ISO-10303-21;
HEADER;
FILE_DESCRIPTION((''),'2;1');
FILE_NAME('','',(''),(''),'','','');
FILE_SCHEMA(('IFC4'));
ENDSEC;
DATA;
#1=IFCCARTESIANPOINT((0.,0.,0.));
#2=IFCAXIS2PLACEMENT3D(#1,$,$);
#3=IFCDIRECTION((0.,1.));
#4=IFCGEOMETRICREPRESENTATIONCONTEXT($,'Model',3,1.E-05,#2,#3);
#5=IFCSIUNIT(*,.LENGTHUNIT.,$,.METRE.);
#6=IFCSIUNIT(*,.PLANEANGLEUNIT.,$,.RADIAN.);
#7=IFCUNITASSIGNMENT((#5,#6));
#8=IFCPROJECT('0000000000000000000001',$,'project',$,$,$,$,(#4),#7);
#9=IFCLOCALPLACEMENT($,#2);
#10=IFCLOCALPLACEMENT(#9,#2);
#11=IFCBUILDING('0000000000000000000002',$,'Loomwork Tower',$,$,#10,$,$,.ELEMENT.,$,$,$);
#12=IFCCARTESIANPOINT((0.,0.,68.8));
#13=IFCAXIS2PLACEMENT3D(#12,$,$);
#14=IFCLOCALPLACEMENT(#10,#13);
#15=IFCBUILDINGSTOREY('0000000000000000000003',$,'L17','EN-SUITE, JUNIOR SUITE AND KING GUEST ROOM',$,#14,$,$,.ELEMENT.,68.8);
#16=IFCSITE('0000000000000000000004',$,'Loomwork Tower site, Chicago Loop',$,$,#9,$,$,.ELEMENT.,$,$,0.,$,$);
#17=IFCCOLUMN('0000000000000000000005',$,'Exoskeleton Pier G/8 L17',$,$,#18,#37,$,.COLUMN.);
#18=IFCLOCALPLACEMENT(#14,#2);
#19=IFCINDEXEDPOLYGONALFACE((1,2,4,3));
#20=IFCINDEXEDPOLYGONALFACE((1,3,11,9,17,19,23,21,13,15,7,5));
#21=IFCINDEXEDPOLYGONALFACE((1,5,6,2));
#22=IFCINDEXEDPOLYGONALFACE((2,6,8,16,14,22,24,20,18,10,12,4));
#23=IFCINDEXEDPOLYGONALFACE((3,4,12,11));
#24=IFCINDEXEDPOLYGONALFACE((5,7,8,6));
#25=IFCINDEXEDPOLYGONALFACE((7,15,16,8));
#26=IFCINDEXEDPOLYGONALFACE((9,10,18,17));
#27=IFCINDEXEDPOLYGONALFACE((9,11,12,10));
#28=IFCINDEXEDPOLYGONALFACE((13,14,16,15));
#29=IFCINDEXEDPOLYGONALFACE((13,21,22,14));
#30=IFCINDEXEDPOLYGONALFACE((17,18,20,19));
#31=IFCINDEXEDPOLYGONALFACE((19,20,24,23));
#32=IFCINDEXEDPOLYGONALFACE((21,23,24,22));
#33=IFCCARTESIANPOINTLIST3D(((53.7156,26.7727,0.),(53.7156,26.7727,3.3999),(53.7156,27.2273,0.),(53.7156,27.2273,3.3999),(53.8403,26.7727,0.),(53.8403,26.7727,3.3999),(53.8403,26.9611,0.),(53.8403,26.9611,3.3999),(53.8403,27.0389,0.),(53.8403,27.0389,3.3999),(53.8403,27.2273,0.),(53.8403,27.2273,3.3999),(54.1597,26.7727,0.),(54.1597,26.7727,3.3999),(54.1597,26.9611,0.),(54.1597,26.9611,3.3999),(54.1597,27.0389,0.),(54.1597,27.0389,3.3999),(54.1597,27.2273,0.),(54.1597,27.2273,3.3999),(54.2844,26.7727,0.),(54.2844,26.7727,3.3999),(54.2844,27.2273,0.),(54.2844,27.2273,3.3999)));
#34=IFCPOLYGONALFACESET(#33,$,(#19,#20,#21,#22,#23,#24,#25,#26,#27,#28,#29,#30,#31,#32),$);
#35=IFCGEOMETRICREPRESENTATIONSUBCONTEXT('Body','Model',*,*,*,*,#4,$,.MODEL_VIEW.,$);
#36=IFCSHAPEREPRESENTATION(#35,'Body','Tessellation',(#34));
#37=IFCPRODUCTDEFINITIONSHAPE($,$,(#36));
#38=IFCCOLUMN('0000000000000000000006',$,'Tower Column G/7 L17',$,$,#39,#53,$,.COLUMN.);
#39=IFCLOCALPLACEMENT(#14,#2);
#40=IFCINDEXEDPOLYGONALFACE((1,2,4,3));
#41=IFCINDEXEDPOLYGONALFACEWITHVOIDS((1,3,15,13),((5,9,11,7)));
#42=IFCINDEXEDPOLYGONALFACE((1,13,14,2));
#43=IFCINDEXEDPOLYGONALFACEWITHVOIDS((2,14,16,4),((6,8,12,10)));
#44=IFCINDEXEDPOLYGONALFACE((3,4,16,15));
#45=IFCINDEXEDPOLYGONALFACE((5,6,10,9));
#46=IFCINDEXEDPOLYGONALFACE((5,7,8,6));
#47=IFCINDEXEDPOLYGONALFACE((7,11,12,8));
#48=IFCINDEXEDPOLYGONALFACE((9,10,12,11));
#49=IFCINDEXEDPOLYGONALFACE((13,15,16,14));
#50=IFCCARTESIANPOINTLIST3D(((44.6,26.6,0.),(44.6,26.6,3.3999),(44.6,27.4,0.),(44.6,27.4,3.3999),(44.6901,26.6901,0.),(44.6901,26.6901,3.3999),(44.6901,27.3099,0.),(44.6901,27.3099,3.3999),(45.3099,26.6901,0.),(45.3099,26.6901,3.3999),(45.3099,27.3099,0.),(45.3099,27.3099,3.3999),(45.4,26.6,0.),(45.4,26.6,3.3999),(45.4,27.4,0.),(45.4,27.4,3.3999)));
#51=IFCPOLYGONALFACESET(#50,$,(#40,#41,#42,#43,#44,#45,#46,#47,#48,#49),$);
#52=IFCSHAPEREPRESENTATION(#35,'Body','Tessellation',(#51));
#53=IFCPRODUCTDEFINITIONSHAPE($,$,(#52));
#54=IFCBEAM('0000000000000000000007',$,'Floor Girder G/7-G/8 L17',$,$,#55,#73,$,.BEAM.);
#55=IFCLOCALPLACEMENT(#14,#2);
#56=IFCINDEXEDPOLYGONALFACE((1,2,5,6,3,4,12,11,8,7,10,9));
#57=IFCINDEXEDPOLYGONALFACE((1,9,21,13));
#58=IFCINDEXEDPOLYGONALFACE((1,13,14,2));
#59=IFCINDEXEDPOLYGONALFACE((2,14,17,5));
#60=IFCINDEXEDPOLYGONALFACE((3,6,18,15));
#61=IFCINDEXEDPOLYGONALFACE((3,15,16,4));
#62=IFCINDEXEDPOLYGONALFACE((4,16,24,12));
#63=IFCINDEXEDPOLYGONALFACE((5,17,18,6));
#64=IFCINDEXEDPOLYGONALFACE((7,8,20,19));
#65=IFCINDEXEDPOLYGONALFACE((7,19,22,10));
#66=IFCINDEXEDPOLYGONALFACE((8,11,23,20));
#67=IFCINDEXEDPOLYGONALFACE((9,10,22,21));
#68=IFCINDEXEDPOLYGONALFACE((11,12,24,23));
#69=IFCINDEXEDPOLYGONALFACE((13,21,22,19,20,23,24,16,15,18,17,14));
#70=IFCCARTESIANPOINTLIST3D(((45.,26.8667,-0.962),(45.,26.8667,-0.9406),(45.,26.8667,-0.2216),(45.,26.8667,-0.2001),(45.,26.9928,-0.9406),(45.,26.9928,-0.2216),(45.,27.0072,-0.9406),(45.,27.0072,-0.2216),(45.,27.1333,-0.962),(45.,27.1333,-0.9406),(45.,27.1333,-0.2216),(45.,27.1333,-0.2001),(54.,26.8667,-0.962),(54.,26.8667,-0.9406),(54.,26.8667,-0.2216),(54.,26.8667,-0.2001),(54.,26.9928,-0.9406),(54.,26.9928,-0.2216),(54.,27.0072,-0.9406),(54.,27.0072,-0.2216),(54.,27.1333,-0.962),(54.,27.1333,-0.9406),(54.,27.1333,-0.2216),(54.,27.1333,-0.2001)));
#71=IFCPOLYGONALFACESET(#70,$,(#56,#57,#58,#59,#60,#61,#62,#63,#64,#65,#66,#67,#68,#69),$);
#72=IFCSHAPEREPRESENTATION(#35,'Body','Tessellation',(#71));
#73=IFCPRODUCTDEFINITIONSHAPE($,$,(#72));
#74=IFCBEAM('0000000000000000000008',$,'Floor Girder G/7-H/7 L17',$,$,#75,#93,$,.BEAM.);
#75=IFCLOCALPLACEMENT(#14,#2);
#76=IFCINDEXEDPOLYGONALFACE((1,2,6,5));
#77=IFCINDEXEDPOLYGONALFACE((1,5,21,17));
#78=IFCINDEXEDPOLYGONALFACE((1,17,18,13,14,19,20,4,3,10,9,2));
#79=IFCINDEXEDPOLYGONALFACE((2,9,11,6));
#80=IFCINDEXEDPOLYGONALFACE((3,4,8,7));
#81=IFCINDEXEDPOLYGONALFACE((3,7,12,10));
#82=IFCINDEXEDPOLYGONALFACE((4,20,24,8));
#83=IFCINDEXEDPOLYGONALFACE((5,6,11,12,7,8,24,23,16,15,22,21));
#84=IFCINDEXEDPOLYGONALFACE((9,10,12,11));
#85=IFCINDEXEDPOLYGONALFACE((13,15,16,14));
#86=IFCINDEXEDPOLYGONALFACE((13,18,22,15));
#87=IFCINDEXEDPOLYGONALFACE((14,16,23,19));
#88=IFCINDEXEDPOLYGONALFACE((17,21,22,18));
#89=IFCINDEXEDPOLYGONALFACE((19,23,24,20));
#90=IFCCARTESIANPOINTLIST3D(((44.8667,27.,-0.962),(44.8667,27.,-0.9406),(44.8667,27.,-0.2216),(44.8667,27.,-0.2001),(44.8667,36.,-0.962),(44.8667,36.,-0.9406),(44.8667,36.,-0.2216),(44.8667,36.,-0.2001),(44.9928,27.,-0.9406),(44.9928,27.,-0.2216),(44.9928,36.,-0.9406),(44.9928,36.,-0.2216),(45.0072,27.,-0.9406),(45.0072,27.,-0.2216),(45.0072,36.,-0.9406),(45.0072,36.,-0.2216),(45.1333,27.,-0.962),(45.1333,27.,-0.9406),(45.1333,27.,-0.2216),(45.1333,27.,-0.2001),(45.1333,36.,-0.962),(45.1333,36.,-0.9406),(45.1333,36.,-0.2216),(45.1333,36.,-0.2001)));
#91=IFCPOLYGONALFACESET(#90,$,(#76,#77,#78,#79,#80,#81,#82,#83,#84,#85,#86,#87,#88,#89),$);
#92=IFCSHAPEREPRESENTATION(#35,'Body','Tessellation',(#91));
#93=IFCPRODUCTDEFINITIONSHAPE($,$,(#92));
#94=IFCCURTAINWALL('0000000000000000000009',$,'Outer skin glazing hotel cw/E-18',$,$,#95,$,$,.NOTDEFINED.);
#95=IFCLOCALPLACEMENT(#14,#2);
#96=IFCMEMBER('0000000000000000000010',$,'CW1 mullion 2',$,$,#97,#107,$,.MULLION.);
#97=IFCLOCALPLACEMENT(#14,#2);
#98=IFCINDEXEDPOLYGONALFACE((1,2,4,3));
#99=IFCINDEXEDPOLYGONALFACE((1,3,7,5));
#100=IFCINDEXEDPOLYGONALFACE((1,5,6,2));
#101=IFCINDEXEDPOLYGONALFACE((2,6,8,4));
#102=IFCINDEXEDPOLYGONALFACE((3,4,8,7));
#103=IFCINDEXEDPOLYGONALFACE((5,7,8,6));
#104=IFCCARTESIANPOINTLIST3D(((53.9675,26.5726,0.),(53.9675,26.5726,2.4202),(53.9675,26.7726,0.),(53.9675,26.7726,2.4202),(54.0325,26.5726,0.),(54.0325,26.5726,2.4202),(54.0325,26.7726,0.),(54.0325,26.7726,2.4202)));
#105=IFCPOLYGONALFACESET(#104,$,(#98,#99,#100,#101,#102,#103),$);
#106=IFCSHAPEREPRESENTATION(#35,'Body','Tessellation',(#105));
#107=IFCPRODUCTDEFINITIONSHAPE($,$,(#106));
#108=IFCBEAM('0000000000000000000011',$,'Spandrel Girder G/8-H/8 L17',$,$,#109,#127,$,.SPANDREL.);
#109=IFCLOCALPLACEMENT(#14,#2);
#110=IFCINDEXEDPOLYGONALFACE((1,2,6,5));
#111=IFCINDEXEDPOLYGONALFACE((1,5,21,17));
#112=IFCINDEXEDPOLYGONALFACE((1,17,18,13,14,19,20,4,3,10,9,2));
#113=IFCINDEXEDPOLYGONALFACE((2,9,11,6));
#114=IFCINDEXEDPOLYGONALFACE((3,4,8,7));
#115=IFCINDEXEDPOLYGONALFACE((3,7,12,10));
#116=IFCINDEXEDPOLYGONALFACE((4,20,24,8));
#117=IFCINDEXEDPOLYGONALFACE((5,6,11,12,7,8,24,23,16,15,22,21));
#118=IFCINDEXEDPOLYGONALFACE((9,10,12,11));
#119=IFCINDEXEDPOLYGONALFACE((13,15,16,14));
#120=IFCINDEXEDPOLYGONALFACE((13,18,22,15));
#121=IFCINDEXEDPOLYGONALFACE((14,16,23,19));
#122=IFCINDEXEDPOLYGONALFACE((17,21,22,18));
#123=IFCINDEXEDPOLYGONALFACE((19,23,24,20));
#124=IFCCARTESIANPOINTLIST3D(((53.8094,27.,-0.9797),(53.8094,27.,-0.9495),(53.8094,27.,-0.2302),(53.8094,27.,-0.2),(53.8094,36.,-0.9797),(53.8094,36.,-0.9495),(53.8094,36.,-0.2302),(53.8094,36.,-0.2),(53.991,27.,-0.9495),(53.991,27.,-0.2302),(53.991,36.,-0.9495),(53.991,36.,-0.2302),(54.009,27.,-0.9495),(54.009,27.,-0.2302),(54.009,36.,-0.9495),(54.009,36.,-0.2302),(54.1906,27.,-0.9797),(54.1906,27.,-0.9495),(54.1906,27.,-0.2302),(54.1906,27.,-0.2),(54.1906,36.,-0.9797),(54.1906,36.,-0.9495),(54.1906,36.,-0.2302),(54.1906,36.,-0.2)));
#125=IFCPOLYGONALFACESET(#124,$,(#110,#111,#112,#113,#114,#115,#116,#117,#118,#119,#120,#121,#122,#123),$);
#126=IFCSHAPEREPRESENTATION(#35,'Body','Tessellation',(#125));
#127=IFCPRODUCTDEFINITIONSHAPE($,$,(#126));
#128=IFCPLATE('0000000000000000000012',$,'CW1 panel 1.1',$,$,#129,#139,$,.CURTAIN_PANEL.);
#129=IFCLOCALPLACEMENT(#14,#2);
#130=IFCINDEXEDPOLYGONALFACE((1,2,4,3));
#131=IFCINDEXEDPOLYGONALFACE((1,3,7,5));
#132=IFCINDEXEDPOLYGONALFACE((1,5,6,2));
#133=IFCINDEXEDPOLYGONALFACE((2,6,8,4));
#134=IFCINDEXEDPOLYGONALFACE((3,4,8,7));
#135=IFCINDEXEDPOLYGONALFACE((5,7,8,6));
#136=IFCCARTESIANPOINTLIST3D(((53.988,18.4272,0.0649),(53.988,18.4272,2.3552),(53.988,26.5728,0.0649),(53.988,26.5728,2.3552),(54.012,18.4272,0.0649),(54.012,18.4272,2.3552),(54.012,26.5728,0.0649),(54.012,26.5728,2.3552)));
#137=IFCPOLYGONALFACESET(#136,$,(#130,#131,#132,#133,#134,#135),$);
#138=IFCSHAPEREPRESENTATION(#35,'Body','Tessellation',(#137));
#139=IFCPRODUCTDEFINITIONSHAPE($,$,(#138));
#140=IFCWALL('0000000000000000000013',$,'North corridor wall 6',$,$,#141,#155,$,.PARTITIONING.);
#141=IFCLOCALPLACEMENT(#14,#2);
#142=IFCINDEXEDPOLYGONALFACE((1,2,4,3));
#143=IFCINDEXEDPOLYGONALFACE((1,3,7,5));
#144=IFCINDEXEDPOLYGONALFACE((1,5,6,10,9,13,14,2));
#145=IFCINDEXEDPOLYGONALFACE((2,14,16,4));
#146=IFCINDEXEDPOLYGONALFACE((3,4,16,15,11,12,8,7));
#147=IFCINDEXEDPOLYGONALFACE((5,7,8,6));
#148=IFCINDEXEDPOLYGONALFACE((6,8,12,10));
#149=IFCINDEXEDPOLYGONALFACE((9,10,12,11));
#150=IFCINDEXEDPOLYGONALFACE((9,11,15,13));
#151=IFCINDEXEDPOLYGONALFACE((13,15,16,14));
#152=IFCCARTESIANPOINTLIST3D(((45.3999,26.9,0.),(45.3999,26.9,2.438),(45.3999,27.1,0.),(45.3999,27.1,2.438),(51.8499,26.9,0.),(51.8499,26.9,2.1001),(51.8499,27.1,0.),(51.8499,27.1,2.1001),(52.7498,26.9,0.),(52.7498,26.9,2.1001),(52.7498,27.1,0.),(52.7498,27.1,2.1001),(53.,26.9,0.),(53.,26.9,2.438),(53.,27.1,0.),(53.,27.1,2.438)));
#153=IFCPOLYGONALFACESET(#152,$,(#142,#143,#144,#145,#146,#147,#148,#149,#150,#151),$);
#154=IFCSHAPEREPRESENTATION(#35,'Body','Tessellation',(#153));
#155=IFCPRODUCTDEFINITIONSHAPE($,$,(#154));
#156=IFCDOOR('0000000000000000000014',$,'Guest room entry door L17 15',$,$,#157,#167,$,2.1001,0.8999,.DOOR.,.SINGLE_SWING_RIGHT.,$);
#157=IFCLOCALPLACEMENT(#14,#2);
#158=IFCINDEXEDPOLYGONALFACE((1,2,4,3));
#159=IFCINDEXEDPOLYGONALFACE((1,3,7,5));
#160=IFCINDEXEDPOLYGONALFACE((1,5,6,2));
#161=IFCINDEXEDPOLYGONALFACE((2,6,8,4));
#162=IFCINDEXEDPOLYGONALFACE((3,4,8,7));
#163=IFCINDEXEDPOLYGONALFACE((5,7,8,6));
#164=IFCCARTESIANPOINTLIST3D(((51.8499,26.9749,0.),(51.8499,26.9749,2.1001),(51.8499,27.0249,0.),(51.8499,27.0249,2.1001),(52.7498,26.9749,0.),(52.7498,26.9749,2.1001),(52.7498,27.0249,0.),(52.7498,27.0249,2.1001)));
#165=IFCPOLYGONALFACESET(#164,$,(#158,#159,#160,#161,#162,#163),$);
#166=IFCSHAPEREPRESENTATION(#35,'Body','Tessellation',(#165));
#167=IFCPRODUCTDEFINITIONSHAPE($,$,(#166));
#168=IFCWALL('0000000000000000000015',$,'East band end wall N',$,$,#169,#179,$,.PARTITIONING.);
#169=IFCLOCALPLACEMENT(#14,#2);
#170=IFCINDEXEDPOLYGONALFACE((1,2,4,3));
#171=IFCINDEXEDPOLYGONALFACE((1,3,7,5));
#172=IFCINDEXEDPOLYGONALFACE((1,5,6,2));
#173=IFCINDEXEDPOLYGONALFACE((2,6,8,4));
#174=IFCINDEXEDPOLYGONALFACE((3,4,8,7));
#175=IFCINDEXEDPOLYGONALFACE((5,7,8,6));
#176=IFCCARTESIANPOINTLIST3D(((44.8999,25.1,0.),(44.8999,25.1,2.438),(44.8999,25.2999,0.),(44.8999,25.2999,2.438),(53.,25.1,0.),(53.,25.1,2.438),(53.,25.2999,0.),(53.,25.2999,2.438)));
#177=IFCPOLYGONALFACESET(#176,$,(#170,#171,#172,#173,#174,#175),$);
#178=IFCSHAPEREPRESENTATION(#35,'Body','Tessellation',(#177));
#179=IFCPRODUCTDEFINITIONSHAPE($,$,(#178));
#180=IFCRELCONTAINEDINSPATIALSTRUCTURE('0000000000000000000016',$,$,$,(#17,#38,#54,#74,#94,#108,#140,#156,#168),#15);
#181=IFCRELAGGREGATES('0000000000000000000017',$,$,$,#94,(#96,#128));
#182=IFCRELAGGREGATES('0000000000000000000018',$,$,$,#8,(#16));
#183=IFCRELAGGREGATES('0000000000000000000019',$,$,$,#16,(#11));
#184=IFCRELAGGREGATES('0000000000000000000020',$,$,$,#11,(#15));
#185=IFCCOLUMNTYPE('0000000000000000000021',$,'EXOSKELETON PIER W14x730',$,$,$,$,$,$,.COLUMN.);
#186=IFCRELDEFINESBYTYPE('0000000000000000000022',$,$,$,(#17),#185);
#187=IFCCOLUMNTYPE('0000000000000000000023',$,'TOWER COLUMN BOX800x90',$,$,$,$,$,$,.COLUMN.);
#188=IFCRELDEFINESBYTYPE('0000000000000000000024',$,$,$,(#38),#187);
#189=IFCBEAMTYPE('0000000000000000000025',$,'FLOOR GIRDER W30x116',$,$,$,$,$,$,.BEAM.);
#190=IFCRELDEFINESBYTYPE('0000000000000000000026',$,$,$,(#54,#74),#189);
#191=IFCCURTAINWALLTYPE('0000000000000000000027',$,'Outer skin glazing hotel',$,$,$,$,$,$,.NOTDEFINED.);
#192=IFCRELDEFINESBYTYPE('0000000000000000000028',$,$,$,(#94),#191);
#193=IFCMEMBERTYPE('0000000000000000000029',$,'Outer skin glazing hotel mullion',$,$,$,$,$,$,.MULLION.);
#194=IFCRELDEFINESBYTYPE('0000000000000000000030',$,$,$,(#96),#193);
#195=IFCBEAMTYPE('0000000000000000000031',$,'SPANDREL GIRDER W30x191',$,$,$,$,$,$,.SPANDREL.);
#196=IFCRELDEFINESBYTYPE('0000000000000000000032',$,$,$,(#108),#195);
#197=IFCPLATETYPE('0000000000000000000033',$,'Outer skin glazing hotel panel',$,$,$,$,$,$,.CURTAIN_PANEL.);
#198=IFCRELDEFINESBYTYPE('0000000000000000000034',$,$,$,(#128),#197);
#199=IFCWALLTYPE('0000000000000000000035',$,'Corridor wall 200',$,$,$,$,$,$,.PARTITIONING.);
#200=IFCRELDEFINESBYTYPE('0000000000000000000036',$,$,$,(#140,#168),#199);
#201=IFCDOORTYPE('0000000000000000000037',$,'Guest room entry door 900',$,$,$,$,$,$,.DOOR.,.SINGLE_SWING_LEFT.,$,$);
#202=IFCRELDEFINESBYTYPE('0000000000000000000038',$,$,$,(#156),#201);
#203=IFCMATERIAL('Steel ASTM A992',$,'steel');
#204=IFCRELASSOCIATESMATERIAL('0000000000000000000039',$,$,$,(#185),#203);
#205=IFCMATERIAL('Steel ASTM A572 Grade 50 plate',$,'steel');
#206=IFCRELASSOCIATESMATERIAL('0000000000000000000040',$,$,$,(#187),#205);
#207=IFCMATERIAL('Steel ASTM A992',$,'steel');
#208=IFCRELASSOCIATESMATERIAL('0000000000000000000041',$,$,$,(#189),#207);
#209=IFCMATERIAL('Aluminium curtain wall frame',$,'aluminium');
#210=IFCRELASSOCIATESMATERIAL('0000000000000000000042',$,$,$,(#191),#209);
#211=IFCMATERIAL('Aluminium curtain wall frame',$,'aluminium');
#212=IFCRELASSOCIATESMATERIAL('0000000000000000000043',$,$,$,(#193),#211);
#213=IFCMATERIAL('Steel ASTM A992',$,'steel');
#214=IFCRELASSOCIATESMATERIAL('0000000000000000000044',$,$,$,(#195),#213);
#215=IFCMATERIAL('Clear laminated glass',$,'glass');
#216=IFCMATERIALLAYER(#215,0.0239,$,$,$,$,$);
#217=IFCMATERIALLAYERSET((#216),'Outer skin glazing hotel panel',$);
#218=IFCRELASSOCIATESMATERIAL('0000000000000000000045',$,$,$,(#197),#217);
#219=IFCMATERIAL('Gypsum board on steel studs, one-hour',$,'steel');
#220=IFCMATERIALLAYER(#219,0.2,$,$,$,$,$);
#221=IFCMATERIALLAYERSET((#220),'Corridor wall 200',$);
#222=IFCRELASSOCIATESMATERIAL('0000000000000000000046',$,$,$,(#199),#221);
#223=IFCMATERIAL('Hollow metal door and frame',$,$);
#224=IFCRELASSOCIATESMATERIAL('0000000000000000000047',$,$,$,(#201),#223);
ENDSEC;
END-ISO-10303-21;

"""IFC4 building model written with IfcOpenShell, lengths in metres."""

from ifc_helpers import new_model, si_unit, direction, frame, frame_2d, origin, origin_2d, place, context, subcontext, project, spatial, rectangle, hollow_rectangle, i_section, extrude, material, layer, layer_set, material_profile, profile_set, type_object, element, fill, aggregate, save


model = new_model("IFC4")

# Units and contexts
model_context = context("Model", 3, precision=1e-05, world=origin(), true_north=direction((0.0, 1.0)))
body_context = subcontext(model_context, "Body", "Model", "MODEL_VIEW")
ifc_project = project(units=[si_unit("LENGTHUNIT", "METRE"), si_unit("PLANEANGLEUNIT", "RADIAN")], contexts=[model_context])

# Site, building, storey
site_placement = place(None, origin())
site = spatial("IfcSite", under=ifc_project, at=site_placement, Name="Loomwork Tower site, Chicago Loop", CompositionType="ELEMENT", RefElevation=0.0)
building_placement = place(site_placement, origin())
building = spatial("IfcBuilding", under=site, at=building_placement, Name="Loomwork Tower", CompositionType="ELEMENT")
storey_placement = place(building_placement, frame((0.0, 0.0, 68.8)))
storey = spatial("IfcBuildingStorey", under=building, at=storey_placement, Name="L17", Description="EN-SUITE, JUNIOR SUITE AND KING GUEST ROOM", CompositionType="ELEMENT", Elevation=68.8)

# Columns
ifc_material_1 = material(Name="Steel ASTM A992", Category="steel")
ifc_material_profile_1 = material_profile(ifc_material_1, i_section(OverallWidth=0.4546, OverallDepth=0.5688, WebThickness=0.0779, FlangeThickness=0.1248, at=origin_2d()), Name="W14x730")
ifc_profile_set_1 = profile_set([ifc_material_profile_1], Name="Steel ASTM A992")
column_type_1 = type_object("IfcColumnType", Name="EXOSKELETON PIER W14x730", PredefinedType="COLUMN", material=ifc_profile_set_1)
column_1_placement = place(storey_placement, frame((54.0, 27.0, 0.0), z_axis=(0.0, 0.0, 1.0), x_axis=(0.0, 1.0, 0.0)))
element("IfcColumn", 1, at=column_1_placement, inside=storey, type_object=column_type_1, Name="Exoskeleton Pier G/8 L17", PredefinedType="COLUMN", context=body_context, shape_type="SweptSolid", body=[
    extrude(i_section(OverallWidth=0.4546, OverallDepth=0.5688, WebThickness=0.0779, FlangeThickness=0.1248, at=origin_2d()), origin(), (0.0, 0.0, 1.0), 3.3999),
])
ifc_material_2 = material(Name="Steel ASTM A572 Grade 50 plate", Category="steel")
ifc_material_profile_2 = material_profile(ifc_material_2, hollow_rectangle(XDim=0.8, YDim=0.8, WallThickness=0.0901, at=origin_2d()), Name="BOX800x90")
ifc_profile_set_2 = profile_set([ifc_material_profile_2], Name="Steel ASTM A572 Grade 50 plate")
column_type_2 = type_object("IfcColumnType", Name="TOWER COLUMN BOX800x90", PredefinedType="COLUMN", material=ifc_profile_set_2)
column_2_placement = place(storey_placement, frame((45.0, 27.0, 0.0), z_axis=(0.0, 0.0, 1.0), x_axis=(0.0, 1.0, 0.0)))
element("IfcColumn", 2, at=column_2_placement, inside=storey, type_object=column_type_2, Name="Tower Column G/7 L17", PredefinedType="COLUMN", context=body_context, shape_type="SweptSolid", body=[
    extrude(hollow_rectangle(XDim=0.8, YDim=0.8, WallThickness=0.0901, at=origin_2d()), origin(), (0.0, 0.0, 1.0), 3.3999),
])

# Beams
ifc_material_3 = material(Name="Steel ASTM A992", Category="steel")
ifc_material_profile_3 = material_profile(ifc_material_3, i_section(OverallWidth=0.2666, OverallDepth=0.762, WebThickness=0.0144, FlangeThickness=0.0215, at=origin_2d()), Name="W30x116")
ifc_profile_set_3 = profile_set([ifc_material_profile_3], Name="Steel ASTM A992")
beam_type_1 = type_object("IfcBeamType", Name="FLOOR GIRDER W30x116", PredefinedType="BEAM", material=ifc_profile_set_3)
for number, where, z_axis, x_axis, name in (
    (3, (45.0, 27.0, -0.5811), (1.0, 0.0, 0.0), (0.0, 1.0, 0.0), "Floor Girder G/7-G/8 L17"),
    (4, (45.0, 27.0, -0.5811), (0.0, 1.0, 0.0), (-1.0, 0.0, 0.0), "Floor Girder G/7-H/7 L17"),
):
    element("IfcBeam", number, at=place(storey_placement, frame(where, z_axis=z_axis, x_axis=x_axis)), inside=storey, type_object=beam_type_1, Name=name, PredefinedType="BEAM", context=body_context, shape_type="SweptSolid", body=[
        extrude(i_section(OverallWidth=0.2666, OverallDepth=0.762, WebThickness=0.0144, FlangeThickness=0.0215, at=origin_2d()), origin(), (0.0, 0.0, 1.0), 9.0),
    ])

# Curtain wall, member
ifc_material_4 = material(Name="Aluminium curtain wall frame", Category="aluminium")
curtain_wall_type = type_object("IfcCurtainWallType", Name="Outer skin glazing hotel", PredefinedType="NOTDEFINED", material=ifc_material_4)
curtain_wall_placement = place(storey_placement, origin())
curtain_wall = element("IfcCurtainWall", 5, at=curtain_wall_placement, inside=storey, type_object=curtain_wall_type, Name="Outer skin glazing hotel cw/E-18", PredefinedType="NOTDEFINED")
ifc_material_5 = material(Name="Aluminium curtain wall frame", Category="aluminium")
ifc_material_profile_4 = material_profile(ifc_material_5, rectangle(XDim=0.0649, YDim=0.2, at=origin_2d()), Name="AL 65x200")
ifc_profile_set_4 = profile_set([ifc_material_profile_4], Name="Aluminium curtain wall frame")
member_type = type_object("IfcMemberType", Name="Outer skin glazing hotel mullion", PredefinedType="MULLION", material=ifc_profile_set_4)
member_placement = place(storey_placement, frame((54.0, 26.6726, 0.0), z_axis=(0.0, 0.0, 1.0), x_axis=(-1.0, 0.0, 0.0)))
member = element("IfcMember", 6, at=member_placement, type_object=member_type, Name="CW1 mullion 2", PredefinedType="MULLION", context=body_context, shape_type="SweptSolid", body=[
    extrude(rectangle(XDim=0.0649, YDim=0.2, at=origin_2d()), origin(), (0.0, 0.0, 1.0), 2.4202),
])

# Beam
ifc_material_6 = material(Name="Steel ASTM A992", Category="steel")
ifc_material_profile_5 = material_profile(ifc_material_6, i_section(OverallWidth=0.3811, OverallDepth=0.7798, WebThickness=0.0181, FlangeThickness=0.0303, at=origin_2d()), Name="W30x191")
ifc_profile_set_5 = profile_set([ifc_material_profile_5], Name="Steel ASTM A992")
beam_type_2 = type_object("IfcBeamType", Name="SPANDREL GIRDER W30x191", PredefinedType="SPANDREL", material=ifc_profile_set_5)
beam_placement = place(storey_placement, frame((54.0, 27.0, -0.5898), z_axis=(0.0, 1.0, 0.0), x_axis=(-1.0, 0.0, 0.0)))
element("IfcBeam", 7, at=beam_placement, inside=storey, type_object=beam_type_2, Name="Spandrel Girder G/8-H/8 L17", PredefinedType="SPANDREL", context=body_context, shape_type="SweptSolid", body=[
    extrude(i_section(OverallWidth=0.3811, OverallDepth=0.7798, WebThickness=0.0181, FlangeThickness=0.0303, at=origin_2d()), origin(), (0.0, 0.0, 1.0), 9.0),
])

# Plate
ifc_material_7 = material(Name="Clear laminated glass", Category="glass")
ifc_layer_1 = layer(ifc_material_7, 0.0239)
ifc_layer_set_1 = layer_set([ifc_layer_1], Name="Outer skin glazing hotel panel")
plate_type = type_object("IfcPlateType", Name="Outer skin glazing hotel panel", PredefinedType="CURTAIN_PANEL", material=ifc_layer_set_1)
plate_placement = place(storey_placement, frame((54.0, 22.5, 0.0649), z_axis=(0.0, 0.0, 1.0), x_axis=(0.0, 1.0, 0.0)))
plate = element("IfcPlate", 8, at=plate_placement, type_object=plate_type, Name="CW1 panel 1.1", PredefinedType="CURTAIN_PANEL", context=body_context, shape_type="SweptSolid", body=[
    extrude(rectangle(XDim=8.1455, YDim=0.0239, at=origin_2d()), origin(), (0.0, 0.0, 1.0), 2.2903),
])
aggregate(curtain_wall, [member, plate])

# Wall, opening, door
ifc_material_8 = material(Name="Gypsum board on steel studs, one-hour", Category="steel")
ifc_layer_2 = layer(ifc_material_8, 0.2)
ifc_layer_set_2 = layer_set([ifc_layer_2], Name="Corridor wall 200")
wall_type_1 = type_object("IfcWallType", Name="Corridor wall 200", PredefinedType="PARTITIONING", material=ifc_layer_set_2)
wall_1_placement = place(storey_placement, frame((45.3999, 27.0, 0.0), z_axis=(0.0, 0.0, 1.0), x_axis=(1.0, 0.0, 0.0)))
wall_1 = element("IfcWall", 9, at=wall_1_placement, inside=storey, type_object=wall_type_1, Name="North corridor wall 6", PredefinedType="PARTITIONING", context=body_context, shape_type="SweptSolid", body=[
    extrude(rectangle(XDim=7.6001, YDim=0.2, at=frame_2d((3.8, 0.0))), origin(), (0.0, 0.0, 1.0), 2.438),
])
opening_1_placement = place(wall_1_placement, frame((6.45, 0.0, 0.0)))
opening_1 = element("IfcOpeningElement", 10, at=opening_1_placement, cuts=wall_1, PredefinedType="OPENING", context=body_context, shape_type="SweptSolid", body=[
    extrude(rectangle(XDim=0.8999, YDim=2.1001, at=frame_2d((0.45, 1.05))), frame((0.0, 0.1099, 0.0), z_axis=(0.0, -1.0, 0.0), x_axis=(1.0, 0.0, 0.0)), (0.0, 0.0, 1.0), 0.22),
])
ifc_material_9 = material(Name="Hollow metal door and frame")
door_type_1 = type_object("IfcDoorType", Name="Guest room entry door 900", OperationType="SINGLE_SWING_LEFT", PredefinedType="DOOR", material=ifc_material_9)
door_1_placement = place(opening_1_placement, origin())
door_1 = element("IfcDoor", 11, at=door_1_placement, inside=storey, type_object=door_type_1, Name="Guest room entry door L17 15", OperationType="SINGLE_SWING_RIGHT", OverallHeight=2.1001, OverallWidth=0.8999, PredefinedType="DOOR", context=body_context, shape_type="SweptSolid", body=[
    extrude(rectangle(XDim=0.8999, YDim=2.1001, at=frame_2d((0.45, 1.05))), frame((0.0, 0.0249, 0.0), z_axis=(0.0, -1.0, 0.0), x_axis=(1.0, 0.0, 0.0)), (0.0, 0.0, 1.0), 0.05),
])
fill(opening_1, door_1)

# Wall
wall_2_placement = place(storey_placement, frame((44.8999, 25.2, 0.0), z_axis=(0.0, 0.0, 1.0), x_axis=(1.0, 0.0, 0.0)))
element("IfcWall", 12, at=wall_2_placement, inside=storey, type_object=wall_type_1, Name="East band end wall N", PredefinedType="PARTITIONING", context=body_context, shape_type="SweptSolid", body=[
    extrude(rectangle(XDim=8.1001, YDim=0.2, at=frame_2d((4.05, 0.0))), origin(), (0.0, 0.0, 1.0), 2.438),
])

save(model, "model.ifc")
